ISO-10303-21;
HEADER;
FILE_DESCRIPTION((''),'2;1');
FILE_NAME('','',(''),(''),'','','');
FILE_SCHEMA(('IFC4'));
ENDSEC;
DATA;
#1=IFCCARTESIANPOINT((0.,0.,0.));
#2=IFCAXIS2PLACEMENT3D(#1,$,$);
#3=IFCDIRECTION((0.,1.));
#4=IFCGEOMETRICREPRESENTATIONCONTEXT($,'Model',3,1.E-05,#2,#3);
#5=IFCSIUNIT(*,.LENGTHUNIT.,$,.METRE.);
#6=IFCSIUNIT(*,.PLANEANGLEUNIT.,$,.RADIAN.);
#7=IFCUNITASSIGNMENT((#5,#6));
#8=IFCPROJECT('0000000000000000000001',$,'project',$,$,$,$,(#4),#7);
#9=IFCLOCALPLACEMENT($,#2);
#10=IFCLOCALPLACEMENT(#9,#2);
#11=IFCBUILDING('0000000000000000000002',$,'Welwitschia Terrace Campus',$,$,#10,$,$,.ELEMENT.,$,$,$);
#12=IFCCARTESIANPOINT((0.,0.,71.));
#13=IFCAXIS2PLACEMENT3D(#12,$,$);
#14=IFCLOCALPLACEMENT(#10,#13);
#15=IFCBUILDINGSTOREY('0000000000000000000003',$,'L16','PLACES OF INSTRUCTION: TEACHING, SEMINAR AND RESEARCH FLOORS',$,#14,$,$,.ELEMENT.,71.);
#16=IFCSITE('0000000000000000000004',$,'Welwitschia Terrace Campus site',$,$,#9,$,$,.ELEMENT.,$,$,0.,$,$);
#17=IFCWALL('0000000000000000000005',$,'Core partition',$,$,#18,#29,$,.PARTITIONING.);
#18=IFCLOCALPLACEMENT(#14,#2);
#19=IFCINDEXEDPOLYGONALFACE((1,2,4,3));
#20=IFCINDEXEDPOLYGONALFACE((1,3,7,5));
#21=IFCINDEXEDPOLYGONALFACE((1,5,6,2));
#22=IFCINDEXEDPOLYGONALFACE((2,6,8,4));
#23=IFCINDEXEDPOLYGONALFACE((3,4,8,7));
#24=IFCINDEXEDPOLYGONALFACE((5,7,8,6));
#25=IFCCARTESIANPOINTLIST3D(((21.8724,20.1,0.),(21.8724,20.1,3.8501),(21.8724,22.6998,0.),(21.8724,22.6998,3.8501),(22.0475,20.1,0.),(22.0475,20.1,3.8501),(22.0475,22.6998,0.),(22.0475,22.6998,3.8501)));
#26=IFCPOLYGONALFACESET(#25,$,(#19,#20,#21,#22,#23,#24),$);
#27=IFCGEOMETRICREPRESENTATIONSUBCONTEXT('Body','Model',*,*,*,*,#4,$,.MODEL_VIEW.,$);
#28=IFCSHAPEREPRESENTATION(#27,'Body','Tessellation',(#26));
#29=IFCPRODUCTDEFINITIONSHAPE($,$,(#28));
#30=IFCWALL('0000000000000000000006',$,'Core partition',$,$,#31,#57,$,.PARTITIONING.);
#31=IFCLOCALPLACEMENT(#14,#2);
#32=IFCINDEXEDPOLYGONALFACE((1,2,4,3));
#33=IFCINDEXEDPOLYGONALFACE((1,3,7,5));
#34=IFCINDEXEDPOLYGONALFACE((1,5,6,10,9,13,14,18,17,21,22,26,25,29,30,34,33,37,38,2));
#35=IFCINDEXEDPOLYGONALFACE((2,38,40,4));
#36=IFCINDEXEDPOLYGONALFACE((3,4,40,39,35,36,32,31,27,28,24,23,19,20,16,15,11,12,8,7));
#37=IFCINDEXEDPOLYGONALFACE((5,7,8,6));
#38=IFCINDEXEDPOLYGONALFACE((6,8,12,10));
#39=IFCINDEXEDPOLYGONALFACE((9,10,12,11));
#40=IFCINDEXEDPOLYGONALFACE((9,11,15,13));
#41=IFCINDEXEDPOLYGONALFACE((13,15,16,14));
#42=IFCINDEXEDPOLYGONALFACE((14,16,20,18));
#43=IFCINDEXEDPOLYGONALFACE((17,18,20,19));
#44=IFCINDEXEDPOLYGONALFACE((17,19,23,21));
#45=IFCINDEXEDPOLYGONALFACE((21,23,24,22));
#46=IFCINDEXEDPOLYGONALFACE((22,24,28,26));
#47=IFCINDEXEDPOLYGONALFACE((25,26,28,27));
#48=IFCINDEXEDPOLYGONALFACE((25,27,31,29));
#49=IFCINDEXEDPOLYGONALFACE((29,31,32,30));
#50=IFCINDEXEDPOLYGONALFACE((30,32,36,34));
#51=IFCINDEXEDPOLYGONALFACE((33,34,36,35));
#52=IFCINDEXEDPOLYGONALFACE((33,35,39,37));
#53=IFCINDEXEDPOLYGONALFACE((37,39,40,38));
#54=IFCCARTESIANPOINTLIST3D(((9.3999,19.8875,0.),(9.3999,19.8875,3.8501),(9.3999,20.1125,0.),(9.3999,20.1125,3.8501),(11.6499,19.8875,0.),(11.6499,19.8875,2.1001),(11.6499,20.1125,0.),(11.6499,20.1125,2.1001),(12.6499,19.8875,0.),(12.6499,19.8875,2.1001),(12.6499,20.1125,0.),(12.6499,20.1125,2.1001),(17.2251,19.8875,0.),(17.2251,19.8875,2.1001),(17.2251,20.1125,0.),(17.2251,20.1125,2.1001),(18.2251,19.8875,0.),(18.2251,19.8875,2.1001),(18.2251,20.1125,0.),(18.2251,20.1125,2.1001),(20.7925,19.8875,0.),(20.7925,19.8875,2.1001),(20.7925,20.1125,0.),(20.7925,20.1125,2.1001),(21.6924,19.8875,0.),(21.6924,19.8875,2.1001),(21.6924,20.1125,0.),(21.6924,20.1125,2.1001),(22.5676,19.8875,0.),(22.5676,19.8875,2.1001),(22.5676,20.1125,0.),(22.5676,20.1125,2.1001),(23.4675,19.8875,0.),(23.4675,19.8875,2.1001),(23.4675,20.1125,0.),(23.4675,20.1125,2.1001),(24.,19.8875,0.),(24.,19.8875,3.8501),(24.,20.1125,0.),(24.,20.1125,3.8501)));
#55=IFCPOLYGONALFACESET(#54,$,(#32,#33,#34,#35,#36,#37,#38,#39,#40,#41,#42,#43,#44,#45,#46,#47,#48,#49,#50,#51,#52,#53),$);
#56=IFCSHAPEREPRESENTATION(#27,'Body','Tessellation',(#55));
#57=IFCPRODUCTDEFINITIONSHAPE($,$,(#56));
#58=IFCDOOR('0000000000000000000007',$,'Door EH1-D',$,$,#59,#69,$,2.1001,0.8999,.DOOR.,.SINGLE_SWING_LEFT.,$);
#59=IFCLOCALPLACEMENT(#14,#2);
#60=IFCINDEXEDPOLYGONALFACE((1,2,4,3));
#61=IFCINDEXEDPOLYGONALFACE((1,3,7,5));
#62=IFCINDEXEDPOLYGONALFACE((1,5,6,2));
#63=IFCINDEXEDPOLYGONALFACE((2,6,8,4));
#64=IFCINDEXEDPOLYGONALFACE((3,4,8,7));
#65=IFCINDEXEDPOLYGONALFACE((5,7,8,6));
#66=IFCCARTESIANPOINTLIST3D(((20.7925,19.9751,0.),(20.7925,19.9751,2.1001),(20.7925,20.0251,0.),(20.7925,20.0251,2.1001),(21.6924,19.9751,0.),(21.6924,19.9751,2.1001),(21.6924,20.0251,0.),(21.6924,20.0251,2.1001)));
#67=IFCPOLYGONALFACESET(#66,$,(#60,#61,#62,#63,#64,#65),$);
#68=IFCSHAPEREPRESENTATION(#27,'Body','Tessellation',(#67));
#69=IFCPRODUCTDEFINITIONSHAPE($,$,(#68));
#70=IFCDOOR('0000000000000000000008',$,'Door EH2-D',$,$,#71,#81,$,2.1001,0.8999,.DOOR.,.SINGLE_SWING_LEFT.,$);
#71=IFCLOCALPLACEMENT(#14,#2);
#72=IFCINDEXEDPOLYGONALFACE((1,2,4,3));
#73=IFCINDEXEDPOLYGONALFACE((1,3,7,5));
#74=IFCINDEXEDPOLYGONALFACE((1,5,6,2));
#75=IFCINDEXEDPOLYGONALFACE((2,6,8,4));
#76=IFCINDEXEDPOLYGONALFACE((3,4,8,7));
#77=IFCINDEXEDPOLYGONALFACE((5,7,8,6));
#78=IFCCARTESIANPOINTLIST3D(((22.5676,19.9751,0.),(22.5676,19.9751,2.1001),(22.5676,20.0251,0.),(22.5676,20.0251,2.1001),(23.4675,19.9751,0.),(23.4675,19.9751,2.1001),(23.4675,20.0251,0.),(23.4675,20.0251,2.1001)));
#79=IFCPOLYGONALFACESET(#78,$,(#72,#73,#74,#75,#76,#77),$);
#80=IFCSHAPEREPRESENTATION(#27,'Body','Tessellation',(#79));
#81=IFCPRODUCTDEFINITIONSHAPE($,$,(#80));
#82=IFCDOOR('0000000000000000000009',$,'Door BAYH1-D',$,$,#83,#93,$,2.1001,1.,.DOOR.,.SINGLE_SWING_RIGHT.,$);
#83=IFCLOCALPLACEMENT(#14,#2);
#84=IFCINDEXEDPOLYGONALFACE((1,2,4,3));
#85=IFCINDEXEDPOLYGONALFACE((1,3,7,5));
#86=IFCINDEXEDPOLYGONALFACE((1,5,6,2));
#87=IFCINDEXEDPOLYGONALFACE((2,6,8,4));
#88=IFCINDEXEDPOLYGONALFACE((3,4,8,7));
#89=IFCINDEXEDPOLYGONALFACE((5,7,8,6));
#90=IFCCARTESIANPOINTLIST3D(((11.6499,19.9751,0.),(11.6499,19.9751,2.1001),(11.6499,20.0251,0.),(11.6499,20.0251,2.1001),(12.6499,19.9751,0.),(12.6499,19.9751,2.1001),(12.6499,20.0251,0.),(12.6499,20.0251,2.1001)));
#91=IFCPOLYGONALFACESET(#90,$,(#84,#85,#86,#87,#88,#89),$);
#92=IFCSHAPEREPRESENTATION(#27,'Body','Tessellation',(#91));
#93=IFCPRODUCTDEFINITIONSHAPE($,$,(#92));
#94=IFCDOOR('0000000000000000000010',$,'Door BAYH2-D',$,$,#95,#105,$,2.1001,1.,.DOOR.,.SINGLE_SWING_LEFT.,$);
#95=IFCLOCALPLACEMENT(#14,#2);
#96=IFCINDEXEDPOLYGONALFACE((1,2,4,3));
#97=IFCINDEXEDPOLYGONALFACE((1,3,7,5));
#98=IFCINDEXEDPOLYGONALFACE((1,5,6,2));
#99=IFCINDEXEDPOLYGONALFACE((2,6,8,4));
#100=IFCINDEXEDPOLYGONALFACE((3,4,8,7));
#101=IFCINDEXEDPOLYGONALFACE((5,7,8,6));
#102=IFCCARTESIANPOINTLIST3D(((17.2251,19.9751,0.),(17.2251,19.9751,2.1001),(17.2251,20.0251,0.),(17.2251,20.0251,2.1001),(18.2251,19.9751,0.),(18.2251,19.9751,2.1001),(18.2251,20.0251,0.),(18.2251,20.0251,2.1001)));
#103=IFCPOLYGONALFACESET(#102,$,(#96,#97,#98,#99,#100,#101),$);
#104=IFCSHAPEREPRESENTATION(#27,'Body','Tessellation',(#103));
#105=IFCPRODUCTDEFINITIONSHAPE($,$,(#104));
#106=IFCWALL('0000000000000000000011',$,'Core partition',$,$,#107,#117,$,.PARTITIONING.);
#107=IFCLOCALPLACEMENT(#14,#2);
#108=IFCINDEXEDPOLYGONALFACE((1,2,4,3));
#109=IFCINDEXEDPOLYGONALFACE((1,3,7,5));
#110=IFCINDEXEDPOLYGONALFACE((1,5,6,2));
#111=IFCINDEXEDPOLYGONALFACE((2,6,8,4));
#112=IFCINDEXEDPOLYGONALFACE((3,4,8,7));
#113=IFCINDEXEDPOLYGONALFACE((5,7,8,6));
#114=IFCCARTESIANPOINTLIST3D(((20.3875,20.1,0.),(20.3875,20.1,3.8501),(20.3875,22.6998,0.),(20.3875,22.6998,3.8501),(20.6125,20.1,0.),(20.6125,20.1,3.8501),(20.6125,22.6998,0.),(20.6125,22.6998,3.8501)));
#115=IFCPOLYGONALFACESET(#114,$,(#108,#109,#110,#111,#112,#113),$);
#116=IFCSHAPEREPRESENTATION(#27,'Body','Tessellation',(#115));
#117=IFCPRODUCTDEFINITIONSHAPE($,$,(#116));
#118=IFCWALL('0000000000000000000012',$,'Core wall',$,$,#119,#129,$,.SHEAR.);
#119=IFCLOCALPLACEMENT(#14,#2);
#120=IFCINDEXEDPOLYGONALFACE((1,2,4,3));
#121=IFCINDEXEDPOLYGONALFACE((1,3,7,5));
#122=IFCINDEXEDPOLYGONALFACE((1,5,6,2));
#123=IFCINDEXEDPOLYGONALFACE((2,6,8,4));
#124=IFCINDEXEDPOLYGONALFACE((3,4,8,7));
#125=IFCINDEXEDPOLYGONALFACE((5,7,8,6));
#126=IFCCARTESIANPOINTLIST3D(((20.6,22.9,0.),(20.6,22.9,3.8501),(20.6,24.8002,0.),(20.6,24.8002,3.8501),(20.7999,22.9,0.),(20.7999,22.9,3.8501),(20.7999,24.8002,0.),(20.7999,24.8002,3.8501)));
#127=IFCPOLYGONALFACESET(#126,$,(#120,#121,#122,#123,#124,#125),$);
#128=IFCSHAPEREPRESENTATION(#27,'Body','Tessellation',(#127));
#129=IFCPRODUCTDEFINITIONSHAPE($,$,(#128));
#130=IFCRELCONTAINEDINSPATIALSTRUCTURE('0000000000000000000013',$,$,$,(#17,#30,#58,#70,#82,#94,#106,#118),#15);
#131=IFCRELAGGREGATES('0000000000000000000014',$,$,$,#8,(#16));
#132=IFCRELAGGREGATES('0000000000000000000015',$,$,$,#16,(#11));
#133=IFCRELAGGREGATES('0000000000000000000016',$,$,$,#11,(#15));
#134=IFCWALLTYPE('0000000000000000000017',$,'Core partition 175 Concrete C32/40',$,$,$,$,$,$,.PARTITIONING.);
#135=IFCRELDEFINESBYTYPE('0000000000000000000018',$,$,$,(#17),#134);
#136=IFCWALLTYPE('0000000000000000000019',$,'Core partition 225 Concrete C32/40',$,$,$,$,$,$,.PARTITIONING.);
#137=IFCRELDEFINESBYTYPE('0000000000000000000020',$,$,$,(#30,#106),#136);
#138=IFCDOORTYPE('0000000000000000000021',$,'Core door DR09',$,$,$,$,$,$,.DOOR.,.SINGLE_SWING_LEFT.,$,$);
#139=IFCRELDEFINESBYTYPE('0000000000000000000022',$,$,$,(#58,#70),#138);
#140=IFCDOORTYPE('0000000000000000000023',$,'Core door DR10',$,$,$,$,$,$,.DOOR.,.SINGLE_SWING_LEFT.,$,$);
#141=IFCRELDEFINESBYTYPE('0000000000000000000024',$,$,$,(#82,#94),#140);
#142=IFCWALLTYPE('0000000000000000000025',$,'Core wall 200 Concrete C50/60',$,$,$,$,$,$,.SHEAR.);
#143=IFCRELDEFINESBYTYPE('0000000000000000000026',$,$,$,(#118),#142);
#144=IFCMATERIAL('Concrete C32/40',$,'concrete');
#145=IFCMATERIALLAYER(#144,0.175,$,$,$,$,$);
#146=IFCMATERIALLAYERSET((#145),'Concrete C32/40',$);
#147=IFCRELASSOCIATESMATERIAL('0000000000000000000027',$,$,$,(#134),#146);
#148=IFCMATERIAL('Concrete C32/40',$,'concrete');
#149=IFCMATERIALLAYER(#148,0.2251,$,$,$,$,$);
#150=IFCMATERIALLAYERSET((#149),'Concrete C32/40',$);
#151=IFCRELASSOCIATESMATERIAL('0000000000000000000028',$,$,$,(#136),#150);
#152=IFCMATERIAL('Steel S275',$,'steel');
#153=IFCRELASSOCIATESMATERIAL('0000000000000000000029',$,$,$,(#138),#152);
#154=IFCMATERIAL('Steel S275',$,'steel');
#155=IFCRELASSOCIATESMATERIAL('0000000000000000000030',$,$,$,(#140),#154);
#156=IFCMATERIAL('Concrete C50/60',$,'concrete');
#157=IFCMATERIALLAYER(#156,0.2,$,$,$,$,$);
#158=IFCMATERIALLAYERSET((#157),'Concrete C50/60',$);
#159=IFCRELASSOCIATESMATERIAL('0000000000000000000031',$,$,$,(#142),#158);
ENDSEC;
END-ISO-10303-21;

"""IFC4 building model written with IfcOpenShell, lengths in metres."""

from ifc_helpers import new_model, si_unit, direction, frame, frame_2d, origin, place, context, subcontext, project, spatial, rectangle, extrude, material, layer, layer_set, type_object, element, fill, save


model = new_model("IFC4")

# Units and contexts
model_context = context("Model", 3, precision=1e-05, world=origin(), true_north=direction((0.0, 1.0)))
body_context = subcontext(model_context, "Body", "Model", "MODEL_VIEW")
ifc_project = project(units=[si_unit("LENGTHUNIT", "METRE"), si_unit("PLANEANGLEUNIT", "RADIAN")], contexts=[model_context])

# Site, building, storey
site_placement = place(None, origin())
site = spatial("IfcSite", under=ifc_project, at=site_placement, Name="Welwitschia Terrace Campus site", CompositionType="ELEMENT", RefElevation=0.0)
building_placement = place(site_placement, origin())
building = spatial("IfcBuilding", under=site, at=building_placement, Name="Welwitschia Terrace Campus", CompositionType="ELEMENT")
storey_placement = place(building_placement, frame((0.0, 0.0, 71.0)))
storey = spatial("IfcBuildingStorey", under=building, at=storey_placement, Name="L16", Description="PLACES OF INSTRUCTION: TEACHING, SEMINAR AND RESEARCH FLOORS", CompositionType="ELEMENT", Elevation=71.0)

# Wall
ifc_material_1 = material(Name="Concrete C32/40", Category="concrete")
ifc_layer_1 = layer(ifc_material_1, 0.175)
ifc_layer_set_1 = layer_set([ifc_layer_1], Name="Concrete C32/40")
wall_type_1 = type_object("IfcWallType", Name="Core partition 175 Concrete C32/40", PredefinedType="PARTITIONING", material=ifc_layer_set_1)
wall_1_placement = place(storey_placement, frame((21.96, 20.1001, 0.0), z_axis=(0.0, 0.0, 1.0), x_axis=(0.0, 1.0, 0.0)))
element("IfcWall", 1, at=wall_1_placement, inside=storey, type_object=wall_type_1, Name="Core partition", PredefinedType="PARTITIONING", context=body_context, shape_type="SweptSolid", body=[
    extrude(rectangle(XDim=2.5999, YDim=0.175, at=frame_2d((1.2998, 0.0))), origin(), (0.0, 0.0, 1.0), 3.8501),
])

# Wall, openings, doors
ifc_material_2 = material(Name="Concrete C32/40", Category="concrete")
ifc_layer_2 = layer(ifc_material_2, 0.2251)
ifc_layer_set_2 = layer_set([ifc_layer_2], Name="Concrete C32/40")
wall_type_2 = type_object("IfcWallType", Name="Core partition 225 Concrete C32/40", PredefinedType="PARTITIONING", material=ifc_layer_set_2)
wall_2_placement = place(storey_placement, frame((24.0, 20.0, 0.0), z_axis=(0.0, 0.0, 1.0), x_axis=(-1.0, 0.0, 0.0)))
wall_2 = element("IfcWall", 2, at=wall_2_placement, inside=storey, type_object=wall_type_2, Name="Core partition", PredefinedType="PARTITIONING", context=body_context, shape_type="SweptSolid", body=[
    extrude(rectangle(XDim=14.6001, YDim=0.2251, at=frame_2d((7.3, 0.0))), origin(), (0.0, 0.0, 1.0), 3.8501),
])
opening_1_placement = place(wall_2_placement, frame((11.3501, 0.0, 0.0)))
opening_1 = element("IfcOpeningElement", 3, at=opening_1_placement, cuts=wall_2, PredefinedType="OPENING", context=body_context, shape_type="SweptSolid", body=[
    extrude(rectangle(XDim=1.0, YDim=2.1001, at=frame_2d((0.5, 1.05))), frame((0.0, 0.1226, 0.0), z_axis=(0.0, -1.0, 0.0), x_axis=(1.0, 0.0, 0.0)), (0.0, 0.0, 1.0), 0.2451),
])
opening_2_placement = place(wall_2_placement, frame((5.7749, 0.0, 0.0)))
opening_2 = element("IfcOpeningElement", 4, at=opening_2_placement, cuts=wall_2, PredefinedType="OPENING", context=body_context, shape_type="SweptSolid", body=[
    extrude(rectangle(XDim=1.0, YDim=2.1001, at=frame_2d((0.5, 1.05))), frame((0.0, 0.1226, 0.0), z_axis=(0.0, -1.0, 0.0), x_axis=(1.0, 0.0, 0.0)), (0.0, 0.0, 1.0), 0.2451),
])
opening_3_placement = place(wall_2_placement, frame((2.3076, 0.0, 0.0)))
opening_3 = element("IfcOpeningElement", 5, at=opening_3_placement, cuts=wall_2, PredefinedType="OPENING", context=body_context, shape_type="SweptSolid", body=[
    extrude(rectangle(XDim=0.8999, YDim=2.1001, at=frame_2d((0.45, 1.05))), frame((0.0, 0.1226, 0.0), z_axis=(0.0, -1.0, 0.0), x_axis=(1.0, 0.0, 0.0)), (0.0, 0.0, 1.0), 0.2451),
])
opening_4_placement = place(wall_2_placement, frame((0.5325, 0.0, 0.0)))
opening_4 = element("IfcOpeningElement", 6, at=opening_4_placement, cuts=wall_2, PredefinedType="OPENING", context=body_context, shape_type="SweptSolid", body=[
    extrude(rectangle(XDim=0.8999, YDim=2.1001, at=frame_2d((0.45, 1.05))), frame((0.0, 0.1226, 0.0), z_axis=(0.0, -1.0, 0.0), x_axis=(1.0, 0.0, 0.0)), (0.0, 0.0, 1.0), 0.2451),
])
ifc_material_3 = material(Name="Steel S275", Category="steel")
door_type_1 = type_object("IfcDoorType", Name="Core door DR09", OperationType="SINGLE_SWING_LEFT", PredefinedType="DOOR", material=ifc_material_3)
door_1_placement = place(opening_3_placement, origin())
door_1 = element("IfcDoor", 7, at=door_1_placement, inside=storey, type_object=door_type_1, Name="Door EH1-D", OperationType="SINGLE_SWING_LEFT", OverallHeight=2.1001, OverallWidth=0.8999, PredefinedType="DOOR", context=body_context, shape_type="SweptSolid", body=[
    extrude(rectangle(XDim=0.8999, YDim=2.1001, at=frame_2d((0.45, 1.05))), frame((0.0, 0.0249, 0.0), z_axis=(0.0, -1.0, 0.0), x_axis=(1.0, 0.0, 0.0)), (0.0, 0.0, 1.0), 0.05),
])
fill(opening_3, door_1)
door_2_placement = place(opening_4_placement, origin())
door_2 = element("IfcDoor", 8, at=door_2_placement, inside=storey, type_object=door_type_1, Name="Door EH2-D", OperationType="SINGLE_SWING_LEFT", OverallHeight=2.1001, OverallWidth=0.8999, PredefinedType="DOOR", context=body_context, shape_type="SweptSolid", body=[
    extrude(rectangle(XDim=0.8999, YDim=2.1001, at=frame_2d((0.45, 1.05))), frame((0.0, 0.0249, 0.0), z_axis=(0.0, -1.0, 0.0), x_axis=(1.0, 0.0, 0.0)), (0.0, 0.0, 1.0), 0.05),
])
fill(opening_4, door_2)
ifc_material_4 = material(Name="Steel S275", Category="steel")
door_type_2 = type_object("IfcDoorType", Name="Core door DR10", OperationType="SINGLE_SWING_LEFT", PredefinedType="DOOR", material=ifc_material_4)
door_3_placement = place(opening_1_placement, origin())
door_3 = element("IfcDoor", 9, at=door_3_placement, inside=storey, type_object=door_type_2, Name="Door BAYH1-D", OperationType="SINGLE_SWING_RIGHT", OverallHeight=2.1001, OverallWidth=1.0, PredefinedType="DOOR", context=body_context, shape_type="SweptSolid", body=[
    extrude(rectangle(XDim=1.0, YDim=2.1001, at=frame_2d((0.5, 1.05))), frame((0.0, 0.0249, 0.0), z_axis=(0.0, -1.0, 0.0), x_axis=(1.0, 0.0, 0.0)), (0.0, 0.0, 1.0), 0.05),
])
fill(opening_1, door_3)
door_4_placement = place(opening_2_placement, origin())
door_4 = element("IfcDoor", 10, at=door_4_placement, inside=storey, type_object=door_type_2, Name="Door BAYH2-D", OperationType="SINGLE_SWING_LEFT", OverallHeight=2.1001, OverallWidth=1.0, PredefinedType="DOOR", context=body_context, shape_type="SweptSolid", body=[
    extrude(rectangle(XDim=1.0, YDim=2.1001, at=frame_2d((0.5, 1.05))), frame((0.0, 0.0249, 0.0), z_axis=(0.0, -1.0, 0.0), x_axis=(1.0, 0.0, 0.0)), (0.0, 0.0, 1.0), 0.05),
])
fill(opening_2, door_4)

# Walls
wall_3_placement = place(storey_placement, frame((20.5, 20.1001, 0.0), z_axis=(0.0, 0.0, 1.0), x_axis=(0.0, 1.0, 0.0)))
element("IfcWall", 11, at=wall_3_placement, inside=storey, type_object=wall_type_2, Name="Core partition", PredefinedType="PARTITIONING", context=body_context, shape_type="SweptSolid", body=[
    extrude(rectangle(XDim=2.5999, YDim=0.2251, at=frame_2d((1.2998, 0.0))), origin(), (0.0, 0.0, 1.0), 3.8501),
])
ifc_material_5 = material(Name="Concrete C50/60", Category="concrete")
ifc_layer_3 = layer(ifc_material_5, 0.2)
ifc_layer_set_3 = layer_set([ifc_layer_3], Name="Concrete C50/60")
wall_type_3 = type_object("IfcWallType", Name="Core wall 200 Concrete C50/60", PredefinedType="SHEAR", material=ifc_layer_set_3)
wall_4_placement = place(storey_placement, frame((20.7, 22.8999, 0.0), z_axis=(0.0, 0.0, 1.0), x_axis=(0.0, 1.0, 0.0)))
element("IfcWall", 12, at=wall_4_placement, inside=storey, type_object=wall_type_3, Name="Core wall", PredefinedType="SHEAR", context=body_context, shape_type="SweptSolid", body=[
    extrude(rectangle(XDim=1.9001, YDim=0.2, at=frame_2d((0.9502, 0.0))), origin(), (0.0, 0.0, 1.0), 3.8501),
])

save(model, "model.ifc")
